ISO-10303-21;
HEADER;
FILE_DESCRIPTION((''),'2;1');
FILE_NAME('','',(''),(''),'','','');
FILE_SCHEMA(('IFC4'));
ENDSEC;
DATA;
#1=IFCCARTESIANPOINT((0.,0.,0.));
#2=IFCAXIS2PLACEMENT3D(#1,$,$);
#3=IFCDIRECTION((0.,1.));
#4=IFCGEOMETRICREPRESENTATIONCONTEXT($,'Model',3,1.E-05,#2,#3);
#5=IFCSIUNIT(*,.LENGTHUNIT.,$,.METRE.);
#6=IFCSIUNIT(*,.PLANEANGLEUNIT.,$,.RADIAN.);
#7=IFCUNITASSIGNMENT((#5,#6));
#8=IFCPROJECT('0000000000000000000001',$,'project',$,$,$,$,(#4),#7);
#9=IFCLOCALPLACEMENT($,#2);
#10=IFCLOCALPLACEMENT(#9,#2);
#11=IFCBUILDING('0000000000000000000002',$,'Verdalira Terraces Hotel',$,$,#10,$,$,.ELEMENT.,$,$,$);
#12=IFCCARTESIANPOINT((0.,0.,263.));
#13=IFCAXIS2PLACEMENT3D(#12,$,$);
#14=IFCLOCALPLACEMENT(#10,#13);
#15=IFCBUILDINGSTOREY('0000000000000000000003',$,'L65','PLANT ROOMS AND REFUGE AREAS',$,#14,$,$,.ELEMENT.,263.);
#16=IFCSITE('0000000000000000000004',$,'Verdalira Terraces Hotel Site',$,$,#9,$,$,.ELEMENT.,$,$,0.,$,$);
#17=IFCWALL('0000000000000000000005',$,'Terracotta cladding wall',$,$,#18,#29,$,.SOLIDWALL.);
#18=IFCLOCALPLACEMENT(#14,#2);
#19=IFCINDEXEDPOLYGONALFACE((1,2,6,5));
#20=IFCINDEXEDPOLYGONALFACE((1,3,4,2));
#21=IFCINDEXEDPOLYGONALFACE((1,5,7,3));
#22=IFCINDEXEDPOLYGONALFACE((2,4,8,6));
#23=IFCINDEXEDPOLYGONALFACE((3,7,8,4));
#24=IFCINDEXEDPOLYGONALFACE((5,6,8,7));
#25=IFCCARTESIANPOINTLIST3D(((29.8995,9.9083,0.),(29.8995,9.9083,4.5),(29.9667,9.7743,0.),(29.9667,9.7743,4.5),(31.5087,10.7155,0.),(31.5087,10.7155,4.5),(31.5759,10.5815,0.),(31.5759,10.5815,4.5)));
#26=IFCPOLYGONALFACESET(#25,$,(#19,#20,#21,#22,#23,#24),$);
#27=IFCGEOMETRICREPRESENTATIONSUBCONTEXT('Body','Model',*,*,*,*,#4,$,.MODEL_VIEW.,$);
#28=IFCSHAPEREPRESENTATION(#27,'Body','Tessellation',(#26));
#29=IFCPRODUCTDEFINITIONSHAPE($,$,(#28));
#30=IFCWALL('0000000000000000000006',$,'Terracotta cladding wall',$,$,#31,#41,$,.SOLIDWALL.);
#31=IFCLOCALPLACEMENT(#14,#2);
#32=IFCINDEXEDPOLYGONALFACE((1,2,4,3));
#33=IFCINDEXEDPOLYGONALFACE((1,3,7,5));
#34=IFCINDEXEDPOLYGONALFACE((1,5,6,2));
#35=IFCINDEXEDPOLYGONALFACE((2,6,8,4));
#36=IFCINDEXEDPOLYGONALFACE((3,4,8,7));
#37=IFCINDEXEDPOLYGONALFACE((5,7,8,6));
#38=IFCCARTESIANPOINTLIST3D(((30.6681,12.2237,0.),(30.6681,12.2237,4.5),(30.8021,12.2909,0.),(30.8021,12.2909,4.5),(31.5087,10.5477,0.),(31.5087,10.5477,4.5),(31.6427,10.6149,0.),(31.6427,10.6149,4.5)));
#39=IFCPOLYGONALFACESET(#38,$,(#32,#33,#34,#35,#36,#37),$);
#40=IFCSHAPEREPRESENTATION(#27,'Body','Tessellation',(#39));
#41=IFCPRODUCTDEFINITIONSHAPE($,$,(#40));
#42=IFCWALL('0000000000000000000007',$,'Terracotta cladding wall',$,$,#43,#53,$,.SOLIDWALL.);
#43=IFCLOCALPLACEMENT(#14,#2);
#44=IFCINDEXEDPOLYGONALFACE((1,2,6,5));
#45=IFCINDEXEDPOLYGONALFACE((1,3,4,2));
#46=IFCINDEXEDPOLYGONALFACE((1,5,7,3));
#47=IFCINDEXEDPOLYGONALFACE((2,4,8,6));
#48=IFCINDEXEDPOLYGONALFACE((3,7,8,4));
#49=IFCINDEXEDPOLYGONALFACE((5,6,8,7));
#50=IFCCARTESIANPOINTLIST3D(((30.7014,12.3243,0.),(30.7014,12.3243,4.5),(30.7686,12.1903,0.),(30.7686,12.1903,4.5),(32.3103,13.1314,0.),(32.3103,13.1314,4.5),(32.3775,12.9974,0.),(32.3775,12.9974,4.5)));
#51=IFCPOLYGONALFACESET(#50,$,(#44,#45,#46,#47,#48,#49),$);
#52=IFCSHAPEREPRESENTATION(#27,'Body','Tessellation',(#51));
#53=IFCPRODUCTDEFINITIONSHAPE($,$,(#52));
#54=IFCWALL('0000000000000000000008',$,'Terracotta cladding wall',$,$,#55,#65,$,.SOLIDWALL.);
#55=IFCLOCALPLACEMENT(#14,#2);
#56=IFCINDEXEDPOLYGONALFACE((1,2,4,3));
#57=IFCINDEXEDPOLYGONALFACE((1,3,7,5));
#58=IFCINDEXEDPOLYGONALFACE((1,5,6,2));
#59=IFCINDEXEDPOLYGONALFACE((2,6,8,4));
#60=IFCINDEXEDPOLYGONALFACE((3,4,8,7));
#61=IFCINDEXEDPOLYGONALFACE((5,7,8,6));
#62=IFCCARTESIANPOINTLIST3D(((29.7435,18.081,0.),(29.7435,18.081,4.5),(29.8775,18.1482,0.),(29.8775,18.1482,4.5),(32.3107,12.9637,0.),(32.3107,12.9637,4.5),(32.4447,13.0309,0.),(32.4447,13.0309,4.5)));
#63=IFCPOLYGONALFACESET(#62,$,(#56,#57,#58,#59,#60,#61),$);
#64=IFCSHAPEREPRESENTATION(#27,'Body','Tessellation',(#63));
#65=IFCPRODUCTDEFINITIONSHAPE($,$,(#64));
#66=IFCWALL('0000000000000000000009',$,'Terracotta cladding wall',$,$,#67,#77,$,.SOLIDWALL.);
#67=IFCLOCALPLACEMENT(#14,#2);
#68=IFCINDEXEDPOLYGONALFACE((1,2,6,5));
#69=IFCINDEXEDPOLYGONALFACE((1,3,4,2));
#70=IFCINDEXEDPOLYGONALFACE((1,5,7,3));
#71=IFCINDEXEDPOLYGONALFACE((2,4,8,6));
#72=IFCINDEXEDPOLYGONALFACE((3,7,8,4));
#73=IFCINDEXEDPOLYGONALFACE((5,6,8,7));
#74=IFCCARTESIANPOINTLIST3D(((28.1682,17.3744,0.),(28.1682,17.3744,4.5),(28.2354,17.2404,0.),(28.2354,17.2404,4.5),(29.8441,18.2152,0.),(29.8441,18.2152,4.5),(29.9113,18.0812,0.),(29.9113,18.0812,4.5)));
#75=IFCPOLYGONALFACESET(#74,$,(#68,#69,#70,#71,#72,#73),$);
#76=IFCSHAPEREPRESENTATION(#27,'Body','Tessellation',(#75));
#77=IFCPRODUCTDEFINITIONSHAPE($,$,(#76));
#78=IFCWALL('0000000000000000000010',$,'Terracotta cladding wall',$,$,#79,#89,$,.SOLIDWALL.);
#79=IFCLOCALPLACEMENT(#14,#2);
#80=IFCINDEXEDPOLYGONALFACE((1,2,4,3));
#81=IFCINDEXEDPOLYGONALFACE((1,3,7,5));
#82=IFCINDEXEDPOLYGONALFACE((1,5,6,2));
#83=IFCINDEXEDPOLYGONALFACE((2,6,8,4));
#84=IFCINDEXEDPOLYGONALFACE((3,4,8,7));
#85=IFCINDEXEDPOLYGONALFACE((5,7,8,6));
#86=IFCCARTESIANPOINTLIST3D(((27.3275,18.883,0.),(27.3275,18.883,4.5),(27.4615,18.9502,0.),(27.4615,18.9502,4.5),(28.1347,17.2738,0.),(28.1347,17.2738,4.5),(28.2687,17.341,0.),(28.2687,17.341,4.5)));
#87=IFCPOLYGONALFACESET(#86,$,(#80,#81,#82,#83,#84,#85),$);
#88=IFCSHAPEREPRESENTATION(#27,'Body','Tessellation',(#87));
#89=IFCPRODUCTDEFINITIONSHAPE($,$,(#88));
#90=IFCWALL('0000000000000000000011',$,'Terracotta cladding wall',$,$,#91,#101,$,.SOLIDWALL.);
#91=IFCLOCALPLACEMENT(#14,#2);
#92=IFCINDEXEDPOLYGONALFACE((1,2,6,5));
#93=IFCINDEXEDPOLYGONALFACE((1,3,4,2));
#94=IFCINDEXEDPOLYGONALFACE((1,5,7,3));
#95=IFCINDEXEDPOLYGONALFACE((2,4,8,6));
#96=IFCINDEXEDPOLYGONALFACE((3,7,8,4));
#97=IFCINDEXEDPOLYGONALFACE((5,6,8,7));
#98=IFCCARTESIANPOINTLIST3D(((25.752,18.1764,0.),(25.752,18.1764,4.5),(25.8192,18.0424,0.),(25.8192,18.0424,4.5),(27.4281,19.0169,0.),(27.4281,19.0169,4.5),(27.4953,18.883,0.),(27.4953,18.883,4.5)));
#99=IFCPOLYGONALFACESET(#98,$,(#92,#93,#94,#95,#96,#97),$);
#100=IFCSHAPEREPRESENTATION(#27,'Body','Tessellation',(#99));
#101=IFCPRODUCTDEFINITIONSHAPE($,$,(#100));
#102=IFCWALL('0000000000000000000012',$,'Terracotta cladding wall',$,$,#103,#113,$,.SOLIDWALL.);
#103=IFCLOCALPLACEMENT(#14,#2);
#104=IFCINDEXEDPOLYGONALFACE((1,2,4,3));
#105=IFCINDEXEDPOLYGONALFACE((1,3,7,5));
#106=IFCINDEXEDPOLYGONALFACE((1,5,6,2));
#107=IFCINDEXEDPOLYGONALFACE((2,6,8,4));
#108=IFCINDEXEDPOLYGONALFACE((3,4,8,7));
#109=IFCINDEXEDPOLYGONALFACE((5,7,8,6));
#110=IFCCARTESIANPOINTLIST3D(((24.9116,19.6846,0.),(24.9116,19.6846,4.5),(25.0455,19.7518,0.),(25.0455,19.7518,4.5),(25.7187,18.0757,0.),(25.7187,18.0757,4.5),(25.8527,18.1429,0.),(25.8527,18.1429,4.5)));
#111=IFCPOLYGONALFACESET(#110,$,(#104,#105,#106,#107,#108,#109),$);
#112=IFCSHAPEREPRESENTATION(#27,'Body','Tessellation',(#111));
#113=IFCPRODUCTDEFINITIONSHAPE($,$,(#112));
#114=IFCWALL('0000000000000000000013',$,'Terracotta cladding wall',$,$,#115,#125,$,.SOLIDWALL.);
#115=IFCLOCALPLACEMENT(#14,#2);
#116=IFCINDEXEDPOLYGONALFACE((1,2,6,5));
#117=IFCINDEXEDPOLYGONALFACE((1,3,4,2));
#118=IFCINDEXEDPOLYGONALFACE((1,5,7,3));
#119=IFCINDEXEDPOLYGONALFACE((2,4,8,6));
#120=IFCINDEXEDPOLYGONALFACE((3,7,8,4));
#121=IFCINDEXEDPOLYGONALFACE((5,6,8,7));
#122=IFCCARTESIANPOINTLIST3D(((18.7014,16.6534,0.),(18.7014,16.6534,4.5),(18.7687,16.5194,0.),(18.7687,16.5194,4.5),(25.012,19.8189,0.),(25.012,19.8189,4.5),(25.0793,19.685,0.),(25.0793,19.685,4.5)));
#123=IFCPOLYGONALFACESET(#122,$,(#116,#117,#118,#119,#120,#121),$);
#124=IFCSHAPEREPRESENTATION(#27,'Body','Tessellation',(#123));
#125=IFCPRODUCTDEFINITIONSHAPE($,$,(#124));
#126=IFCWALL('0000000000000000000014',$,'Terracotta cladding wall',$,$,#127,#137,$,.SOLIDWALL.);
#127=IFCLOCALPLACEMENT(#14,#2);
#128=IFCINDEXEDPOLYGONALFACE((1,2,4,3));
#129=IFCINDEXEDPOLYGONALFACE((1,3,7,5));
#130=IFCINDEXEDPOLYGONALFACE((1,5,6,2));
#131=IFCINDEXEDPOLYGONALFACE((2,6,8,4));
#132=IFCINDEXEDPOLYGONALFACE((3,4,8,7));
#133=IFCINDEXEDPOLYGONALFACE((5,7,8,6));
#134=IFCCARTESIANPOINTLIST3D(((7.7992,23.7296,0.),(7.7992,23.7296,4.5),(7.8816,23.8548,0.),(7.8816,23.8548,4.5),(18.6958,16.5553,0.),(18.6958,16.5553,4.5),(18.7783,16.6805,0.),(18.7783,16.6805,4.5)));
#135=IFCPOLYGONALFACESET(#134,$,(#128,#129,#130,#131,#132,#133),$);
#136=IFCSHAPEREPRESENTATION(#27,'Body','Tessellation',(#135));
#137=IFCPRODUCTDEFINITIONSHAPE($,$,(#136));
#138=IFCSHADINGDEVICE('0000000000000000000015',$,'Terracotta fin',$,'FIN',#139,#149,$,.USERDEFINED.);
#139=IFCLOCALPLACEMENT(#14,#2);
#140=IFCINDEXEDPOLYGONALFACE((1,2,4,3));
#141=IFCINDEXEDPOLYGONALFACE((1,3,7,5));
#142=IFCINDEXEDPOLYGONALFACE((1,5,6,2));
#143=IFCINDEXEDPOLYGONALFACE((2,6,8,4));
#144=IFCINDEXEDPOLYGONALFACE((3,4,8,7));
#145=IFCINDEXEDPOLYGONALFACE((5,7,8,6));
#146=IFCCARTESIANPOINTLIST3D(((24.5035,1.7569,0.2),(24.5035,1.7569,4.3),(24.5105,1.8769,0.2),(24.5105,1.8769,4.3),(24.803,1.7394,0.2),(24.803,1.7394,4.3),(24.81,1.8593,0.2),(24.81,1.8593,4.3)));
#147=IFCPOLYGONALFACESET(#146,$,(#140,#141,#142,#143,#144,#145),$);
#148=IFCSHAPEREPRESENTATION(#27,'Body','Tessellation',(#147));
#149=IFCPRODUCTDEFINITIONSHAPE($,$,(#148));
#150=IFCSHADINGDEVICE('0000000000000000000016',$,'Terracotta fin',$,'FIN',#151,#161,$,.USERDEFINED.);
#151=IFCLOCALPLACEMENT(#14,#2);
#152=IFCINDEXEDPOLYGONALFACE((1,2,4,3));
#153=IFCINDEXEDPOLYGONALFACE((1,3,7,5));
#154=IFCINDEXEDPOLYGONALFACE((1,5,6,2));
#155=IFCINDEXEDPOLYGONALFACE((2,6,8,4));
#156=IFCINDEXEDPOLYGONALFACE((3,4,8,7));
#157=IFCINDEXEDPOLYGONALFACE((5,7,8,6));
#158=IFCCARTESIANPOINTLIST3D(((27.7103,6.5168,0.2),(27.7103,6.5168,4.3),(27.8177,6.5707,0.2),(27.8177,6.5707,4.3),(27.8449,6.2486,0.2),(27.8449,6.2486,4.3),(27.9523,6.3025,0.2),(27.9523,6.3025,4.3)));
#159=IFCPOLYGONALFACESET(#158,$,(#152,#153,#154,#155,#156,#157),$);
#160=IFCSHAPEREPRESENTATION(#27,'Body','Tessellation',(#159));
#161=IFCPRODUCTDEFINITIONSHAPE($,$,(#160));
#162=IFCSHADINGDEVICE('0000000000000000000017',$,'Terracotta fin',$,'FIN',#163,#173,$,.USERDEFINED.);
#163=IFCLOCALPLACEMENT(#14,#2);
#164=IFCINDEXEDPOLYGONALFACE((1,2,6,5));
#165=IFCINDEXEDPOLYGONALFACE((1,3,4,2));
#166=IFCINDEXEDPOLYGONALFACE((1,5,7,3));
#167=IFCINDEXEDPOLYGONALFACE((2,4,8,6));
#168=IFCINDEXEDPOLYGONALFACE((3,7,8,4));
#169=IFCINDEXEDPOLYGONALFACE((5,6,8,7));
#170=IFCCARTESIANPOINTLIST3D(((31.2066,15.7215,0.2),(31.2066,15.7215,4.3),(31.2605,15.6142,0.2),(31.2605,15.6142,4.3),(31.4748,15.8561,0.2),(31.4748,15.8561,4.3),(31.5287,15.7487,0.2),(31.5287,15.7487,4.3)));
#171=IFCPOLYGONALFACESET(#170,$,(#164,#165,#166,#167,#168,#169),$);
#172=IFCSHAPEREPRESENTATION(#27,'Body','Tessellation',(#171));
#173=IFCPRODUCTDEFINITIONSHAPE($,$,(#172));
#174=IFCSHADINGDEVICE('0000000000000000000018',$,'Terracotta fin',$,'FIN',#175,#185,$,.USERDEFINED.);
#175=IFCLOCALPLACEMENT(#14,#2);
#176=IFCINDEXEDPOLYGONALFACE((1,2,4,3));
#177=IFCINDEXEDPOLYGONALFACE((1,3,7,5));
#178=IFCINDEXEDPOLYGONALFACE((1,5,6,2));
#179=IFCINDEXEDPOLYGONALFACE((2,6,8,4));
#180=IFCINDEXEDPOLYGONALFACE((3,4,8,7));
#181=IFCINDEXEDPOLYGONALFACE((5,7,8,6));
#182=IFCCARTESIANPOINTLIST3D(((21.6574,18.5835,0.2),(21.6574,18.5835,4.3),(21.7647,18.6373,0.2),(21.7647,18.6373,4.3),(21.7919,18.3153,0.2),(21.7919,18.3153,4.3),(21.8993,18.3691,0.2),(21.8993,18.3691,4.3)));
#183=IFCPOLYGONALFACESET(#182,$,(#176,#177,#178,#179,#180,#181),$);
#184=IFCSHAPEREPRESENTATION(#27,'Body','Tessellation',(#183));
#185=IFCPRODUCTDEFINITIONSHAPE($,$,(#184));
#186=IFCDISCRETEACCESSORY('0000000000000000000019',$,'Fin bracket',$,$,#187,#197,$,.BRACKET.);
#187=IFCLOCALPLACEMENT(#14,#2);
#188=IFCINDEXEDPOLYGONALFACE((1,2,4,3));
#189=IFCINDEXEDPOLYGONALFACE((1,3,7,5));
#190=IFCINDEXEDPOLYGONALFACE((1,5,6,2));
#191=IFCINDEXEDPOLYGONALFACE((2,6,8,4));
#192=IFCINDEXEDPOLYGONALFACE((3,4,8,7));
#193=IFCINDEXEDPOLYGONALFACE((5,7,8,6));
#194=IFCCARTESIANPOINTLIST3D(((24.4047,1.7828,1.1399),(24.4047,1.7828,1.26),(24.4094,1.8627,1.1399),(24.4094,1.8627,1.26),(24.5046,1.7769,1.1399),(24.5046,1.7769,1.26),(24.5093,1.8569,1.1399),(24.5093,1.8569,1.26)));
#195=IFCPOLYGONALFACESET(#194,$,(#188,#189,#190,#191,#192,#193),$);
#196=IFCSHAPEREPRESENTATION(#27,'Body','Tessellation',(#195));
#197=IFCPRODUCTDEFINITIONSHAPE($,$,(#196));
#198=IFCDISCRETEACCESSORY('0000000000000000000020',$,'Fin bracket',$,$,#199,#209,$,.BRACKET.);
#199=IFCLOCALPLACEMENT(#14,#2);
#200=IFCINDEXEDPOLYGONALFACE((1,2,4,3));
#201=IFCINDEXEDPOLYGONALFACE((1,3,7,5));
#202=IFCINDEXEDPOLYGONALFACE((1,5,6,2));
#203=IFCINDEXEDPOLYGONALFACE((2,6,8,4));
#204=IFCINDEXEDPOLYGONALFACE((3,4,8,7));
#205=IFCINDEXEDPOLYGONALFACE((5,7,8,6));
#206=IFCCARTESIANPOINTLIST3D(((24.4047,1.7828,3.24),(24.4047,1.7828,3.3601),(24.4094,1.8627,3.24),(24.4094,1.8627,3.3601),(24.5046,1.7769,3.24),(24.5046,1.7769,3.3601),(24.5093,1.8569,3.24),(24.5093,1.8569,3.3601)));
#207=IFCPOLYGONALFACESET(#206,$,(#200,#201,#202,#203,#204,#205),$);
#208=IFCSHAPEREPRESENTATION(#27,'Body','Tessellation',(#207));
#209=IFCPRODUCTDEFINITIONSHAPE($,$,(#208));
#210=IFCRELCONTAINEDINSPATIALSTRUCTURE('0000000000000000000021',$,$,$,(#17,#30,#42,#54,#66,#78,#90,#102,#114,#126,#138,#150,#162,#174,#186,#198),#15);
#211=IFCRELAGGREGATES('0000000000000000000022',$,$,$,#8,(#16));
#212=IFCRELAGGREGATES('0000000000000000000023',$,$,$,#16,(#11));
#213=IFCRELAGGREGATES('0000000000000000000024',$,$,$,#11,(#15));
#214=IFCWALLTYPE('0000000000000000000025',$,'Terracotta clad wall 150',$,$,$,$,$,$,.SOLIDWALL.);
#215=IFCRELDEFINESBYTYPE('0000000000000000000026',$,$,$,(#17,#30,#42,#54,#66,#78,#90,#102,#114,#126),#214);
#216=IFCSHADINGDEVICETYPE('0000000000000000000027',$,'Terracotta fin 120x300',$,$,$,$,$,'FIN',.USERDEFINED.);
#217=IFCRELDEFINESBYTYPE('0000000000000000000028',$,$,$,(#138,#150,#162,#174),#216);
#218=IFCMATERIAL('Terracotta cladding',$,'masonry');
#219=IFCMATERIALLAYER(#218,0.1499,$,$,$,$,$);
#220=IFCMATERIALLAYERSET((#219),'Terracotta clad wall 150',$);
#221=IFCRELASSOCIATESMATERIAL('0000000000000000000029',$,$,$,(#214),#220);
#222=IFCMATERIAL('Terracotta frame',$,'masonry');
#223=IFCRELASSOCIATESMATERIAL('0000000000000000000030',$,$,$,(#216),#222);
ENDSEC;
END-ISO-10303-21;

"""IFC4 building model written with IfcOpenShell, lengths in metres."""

from ifc_helpers import new_model, si_unit, direction, frame, frame_2d, origin, origin_2d, place, context, subcontext, project, spatial, rectangle, extrude, material, layer, layer_set, material_profile, profile_set, type_object, element, save


model = new_model("IFC4")

# Units and contexts
model_context = context("Model", 3, precision=1e-05, world=origin(), true_north=direction((0.0, 1.0)))
body_context = subcontext(model_context, "Body", "Model", "MODEL_VIEW")
ifc_project = project(units=[si_unit("LENGTHUNIT", "METRE"), si_unit("PLANEANGLEUNIT", "RADIAN")], contexts=[model_context])

# Site, building, storey
site_placement = place(None, origin())
site = spatial("IfcSite", under=ifc_project, at=site_placement, Name="Verdalira Terraces Hotel Site", CompositionType="ELEMENT", RefElevation=0.0)
building_placement = place(site_placement, origin())
building = spatial("IfcBuilding", under=site, at=building_placement, Name="Verdalira Terraces Hotel", CompositionType="ELEMENT")
storey_placement = place(building_placement, frame((0.0, 0.0, 263.0)))
storey = spatial("IfcBuildingStorey", under=building, at=storey_placement, Name="L65", Description="PLANT ROOMS AND REFUGE AREAS", CompositionType="ELEMENT", Elevation=263.0)

# Walls
ifc_material_1 = material(Name="Terracotta cladding", Category="masonry")
ifc_layer_1 = layer(ifc_material_1, 0.1499)
ifc_layer_set_1 = layer_set([ifc_layer_1], Name="Terracotta clad wall 150")
wall_type_1 = type_object("IfcWallType", Name="Terracotta clad wall 150", PredefinedType="SOLIDWALL", material=ifc_layer_set_1)
wall_1_placement = place(storey_placement, frame((29.9331, 9.8413, 0.0), z_axis=(0.0, 0.0, 1.0), x_axis=(0.893857, 0.448352, 0.0)))
element("IfcWall", 1, at=wall_1_placement, inside=storey, type_object=wall_type_1, Name="Terracotta cladding wall", PredefinedType="SOLIDWALL", context=body_context, shape_type="SweptSolid", body=[
    extrude(rectangle(XDim=1.8003, YDim=0.1499, at=frame_2d((0.9001, 0.0))), origin(), (0.0, 0.0, 1.0), 4.5),
])
wall_2_placement = place(storey_placement, frame((31.5757, 10.5813, 0.0), z_axis=(0.0, 0.0, 1.0), x_axis=(-0.448307, 0.89388, 0.0)))
element("IfcWall", 2, at=wall_2_placement, inside=storey, type_object=wall_type_1, Name="Terracotta cladding wall", PredefinedType="SOLIDWALL", context=body_context, shape_type="SweptSolid", body=[
    extrude(rectangle(XDim=1.875, YDim=0.1499, at=frame_2d((0.9375, 0.0))), origin(), (0.0, 0.0, 1.0), 4.5),
])
wall_3_placement = place(storey_placement, frame((30.7351, 12.2573, 0.0), z_axis=(0.0, 0.0, 1.0), x_axis=(0.89383, 0.448407, 0.0)))
element("IfcWall", 3, at=wall_3_placement, inside=storey, type_object=wall_type_1, Name="Terracotta cladding wall", PredefinedType="SOLIDWALL", context=body_context, shape_type="SweptSolid", body=[
    extrude(rectangle(XDim=1.8, YDim=0.1499, at=frame_2d((0.8999, 0.0))), origin(), (0.0, 0.0, 1.0), 4.5),
])
wall_4_placement = place(storey_placement, frame((32.3777, 12.9973, 0.0), z_axis=(0.0, 0.0, 1.0), x_axis=(-0.448407, 0.893829, 0.0)))
element("IfcWall", 4, at=wall_4_placement, inside=storey, type_object=wall_type_1, Name="Terracotta cladding wall", PredefinedType="SOLIDWALL", context=body_context, shape_type="SweptSolid", body=[
    extrude(rectangle(XDim=5.7251, YDim=0.1499, at=frame_2d((2.8625, 0.0))), origin(), (0.0, 0.0, 1.0), 4.5),
])
wall_5_placement = place(storey_placement, frame((29.8777, 18.1482, 0.0), z_axis=(0.0, 0.0, 1.0), x_axis=(-0.893827, -0.448411, 0.0)))
element("IfcWall", 5, at=wall_5_placement, inside=storey, type_object=wall_type_1, Name="Terracotta cladding wall", PredefinedType="SOLIDWALL", context=body_context, shape_type="SweptSolid", body=[
    extrude(rectangle(XDim=1.875, YDim=0.1499, at=frame_2d((0.9375, 0.0))), origin(), (0.0, 0.0, 1.0), 4.5),
])
wall_6_placement = place(storey_placement, frame((28.2017, 17.3074, 0.0), z_axis=(0.0, 0.0, 1.0), x_axis=(-0.448352, 0.893857, 0.0)))
element("IfcWall", 6, at=wall_6_placement, inside=storey, type_object=wall_type_1, Name="Terracotta cladding wall", PredefinedType="SOLIDWALL", context=body_context, shape_type="SweptSolid", body=[
    extrude(rectangle(XDim=1.8003, YDim=0.1499, at=frame_2d((0.9001, 0.0))), origin(), (0.0, 0.0, 1.0), 4.5),
])
wall_7_placement = place(storey_placement, frame((27.4617, 18.95, 0.0), z_axis=(0.0, 0.0, 1.0), x_axis=(-0.89388, -0.448307, 0.0)))
element("IfcWall", 7, at=wall_7_placement, inside=storey, type_object=wall_type_1, Name="Terracotta cladding wall", PredefinedType="SOLIDWALL", context=body_context, shape_type="SweptSolid", body=[
    extrude(rectangle(XDim=1.875, YDim=0.1499, at=frame_2d((0.9375, 0.0))), origin(), (0.0, 0.0, 1.0), 4.5),
])
wall_8_placement = place(storey_placement, frame((25.7856, 18.1094, 0.0), z_axis=(0.0, 0.0, 1.0), x_axis=(-0.448407, 0.89383, 0.0)))
element("IfcWall", 8, at=wall_8_placement, inside=storey, type_object=wall_type_1, Name="Terracotta cladding wall", PredefinedType="SOLIDWALL", context=body_context, shape_type="SweptSolid", body=[
    extrude(rectangle(XDim=1.8, YDim=0.1499, at=frame_2d((0.8999, 0.0))), origin(), (0.0, 0.0, 1.0), 4.5),
])
wall_9_placement = place(storey_placement, frame((25.0457, 19.752, 0.0), z_axis=(0.0, 0.0, 1.0), x_axis=(-0.893845, -0.448375, 0.0)))
element("IfcWall", 9, at=wall_9_placement, inside=storey, type_object=wall_type_1, Name="Terracotta cladding wall", PredefinedType="SOLIDWALL", context=body_context, shape_type="SweptSolid", body=[
    extrude(rectangle(XDim=7.0601, YDim=0.1499, at=frame_2d((3.53, 0.0))), origin(), (0.0, 0.0, 1.0), 4.5),
])
wall_10_placement = place(storey_placement, frame((18.7371, 16.6179, 0.0), z_axis=(0.0, 0.0, 1.0), x_axis=(-0.835226, 0.549906, 0.0)))
element("IfcWall", 10, at=wall_10_placement, inside=storey, type_object=wall_type_1, Name="Terracotta cladding wall", PredefinedType="SOLIDWALL", context=body_context, shape_type="SweptSolid", body=[
    extrude(rectangle(XDim=13.0464, YDim=0.1499, at=frame_2d((6.5232, 0.0))), origin(), (0.0, 0.0, 1.0), 4.5),
])

# Shading devices
ifc_material_2 = material(Name="Terracotta frame", Category="masonry")
ifc_material_profile_1 = material_profile(ifc_material_2, rectangle(XDim=0.1201, YDim=0.3, at=origin_2d()), Name="FIN 120x300")
ifc_profile_set_1 = profile_set([ifc_material_profile_1], Name="Terracotta frame")
shading_device_type = type_object("IfcShadingDeviceType", Name="Terracotta fin 120x300", ElementType="FIN", PredefinedType="USERDEFINED", material=ifc_profile_set_1)
for number, where, z_axis, x_axis, name in (
    (11, (24.6567, 1.8081, 0.2), (0.0, 0.0, 1.0), (0.058609, 0.998281, 0.0), "Terracotta fin"),
    (12, (27.8313, 6.4097, 0.2), (0.0, 0.0, 1.0), (0.893841, 0.448383, 0.0), "Terracotta fin"),
    (13, (31.3677, 15.7351, 0.2), (0.0, 0.0, 1.0), (-0.448383, 0.893841, 0.0), "Terracotta fin"),
    (14, (21.7783, 18.4763, 0.2), (0.0, 0.0, 1.0), (-0.893841, -0.448383, 0.0), "Terracotta fin"),
):
    element("IfcShadingDevice", number, at=place(storey_placement, frame(where, z_axis=z_axis, x_axis=x_axis)), inside=storey, type_object=shading_device_type, Name=name, ObjectType="FIN", PredefinedType="USERDEFINED", context=body_context, shape_type="SweptSolid", body=[
        extrude(rectangle(XDim=0.1201, YDim=0.3, at=origin_2d()), origin(), (0.0, 0.0, 1.0), 4.1001),
    ])

# Discrete accessories
for number, where, z_axis, x_axis, name in (
    (15, (24.457, 1.8198, 1.1399), (0.0, 0.0, 1.0), (0.058609, 0.998281, 0.0), "Fin bracket"),
    (16, (24.457, 1.8198, 3.24), (0.0, 0.0, 1.0), (0.058609, 0.998281, 0.0), "Fin bracket"),
):
    element("IfcDiscreteAccessory", number, at=place(storey_placement, frame(where, z_axis=z_axis, x_axis=x_axis)), inside=storey, Name=name, PredefinedType="BRACKET", context=body_context, shape_type="SweptSolid", body=[
        extrude(rectangle(XDim=0.0801, YDim=0.1001, at=origin_2d()), origin(), (0.0, 0.0, 1.0), 0.1201),
    ])

save(model, "model.ifc")
